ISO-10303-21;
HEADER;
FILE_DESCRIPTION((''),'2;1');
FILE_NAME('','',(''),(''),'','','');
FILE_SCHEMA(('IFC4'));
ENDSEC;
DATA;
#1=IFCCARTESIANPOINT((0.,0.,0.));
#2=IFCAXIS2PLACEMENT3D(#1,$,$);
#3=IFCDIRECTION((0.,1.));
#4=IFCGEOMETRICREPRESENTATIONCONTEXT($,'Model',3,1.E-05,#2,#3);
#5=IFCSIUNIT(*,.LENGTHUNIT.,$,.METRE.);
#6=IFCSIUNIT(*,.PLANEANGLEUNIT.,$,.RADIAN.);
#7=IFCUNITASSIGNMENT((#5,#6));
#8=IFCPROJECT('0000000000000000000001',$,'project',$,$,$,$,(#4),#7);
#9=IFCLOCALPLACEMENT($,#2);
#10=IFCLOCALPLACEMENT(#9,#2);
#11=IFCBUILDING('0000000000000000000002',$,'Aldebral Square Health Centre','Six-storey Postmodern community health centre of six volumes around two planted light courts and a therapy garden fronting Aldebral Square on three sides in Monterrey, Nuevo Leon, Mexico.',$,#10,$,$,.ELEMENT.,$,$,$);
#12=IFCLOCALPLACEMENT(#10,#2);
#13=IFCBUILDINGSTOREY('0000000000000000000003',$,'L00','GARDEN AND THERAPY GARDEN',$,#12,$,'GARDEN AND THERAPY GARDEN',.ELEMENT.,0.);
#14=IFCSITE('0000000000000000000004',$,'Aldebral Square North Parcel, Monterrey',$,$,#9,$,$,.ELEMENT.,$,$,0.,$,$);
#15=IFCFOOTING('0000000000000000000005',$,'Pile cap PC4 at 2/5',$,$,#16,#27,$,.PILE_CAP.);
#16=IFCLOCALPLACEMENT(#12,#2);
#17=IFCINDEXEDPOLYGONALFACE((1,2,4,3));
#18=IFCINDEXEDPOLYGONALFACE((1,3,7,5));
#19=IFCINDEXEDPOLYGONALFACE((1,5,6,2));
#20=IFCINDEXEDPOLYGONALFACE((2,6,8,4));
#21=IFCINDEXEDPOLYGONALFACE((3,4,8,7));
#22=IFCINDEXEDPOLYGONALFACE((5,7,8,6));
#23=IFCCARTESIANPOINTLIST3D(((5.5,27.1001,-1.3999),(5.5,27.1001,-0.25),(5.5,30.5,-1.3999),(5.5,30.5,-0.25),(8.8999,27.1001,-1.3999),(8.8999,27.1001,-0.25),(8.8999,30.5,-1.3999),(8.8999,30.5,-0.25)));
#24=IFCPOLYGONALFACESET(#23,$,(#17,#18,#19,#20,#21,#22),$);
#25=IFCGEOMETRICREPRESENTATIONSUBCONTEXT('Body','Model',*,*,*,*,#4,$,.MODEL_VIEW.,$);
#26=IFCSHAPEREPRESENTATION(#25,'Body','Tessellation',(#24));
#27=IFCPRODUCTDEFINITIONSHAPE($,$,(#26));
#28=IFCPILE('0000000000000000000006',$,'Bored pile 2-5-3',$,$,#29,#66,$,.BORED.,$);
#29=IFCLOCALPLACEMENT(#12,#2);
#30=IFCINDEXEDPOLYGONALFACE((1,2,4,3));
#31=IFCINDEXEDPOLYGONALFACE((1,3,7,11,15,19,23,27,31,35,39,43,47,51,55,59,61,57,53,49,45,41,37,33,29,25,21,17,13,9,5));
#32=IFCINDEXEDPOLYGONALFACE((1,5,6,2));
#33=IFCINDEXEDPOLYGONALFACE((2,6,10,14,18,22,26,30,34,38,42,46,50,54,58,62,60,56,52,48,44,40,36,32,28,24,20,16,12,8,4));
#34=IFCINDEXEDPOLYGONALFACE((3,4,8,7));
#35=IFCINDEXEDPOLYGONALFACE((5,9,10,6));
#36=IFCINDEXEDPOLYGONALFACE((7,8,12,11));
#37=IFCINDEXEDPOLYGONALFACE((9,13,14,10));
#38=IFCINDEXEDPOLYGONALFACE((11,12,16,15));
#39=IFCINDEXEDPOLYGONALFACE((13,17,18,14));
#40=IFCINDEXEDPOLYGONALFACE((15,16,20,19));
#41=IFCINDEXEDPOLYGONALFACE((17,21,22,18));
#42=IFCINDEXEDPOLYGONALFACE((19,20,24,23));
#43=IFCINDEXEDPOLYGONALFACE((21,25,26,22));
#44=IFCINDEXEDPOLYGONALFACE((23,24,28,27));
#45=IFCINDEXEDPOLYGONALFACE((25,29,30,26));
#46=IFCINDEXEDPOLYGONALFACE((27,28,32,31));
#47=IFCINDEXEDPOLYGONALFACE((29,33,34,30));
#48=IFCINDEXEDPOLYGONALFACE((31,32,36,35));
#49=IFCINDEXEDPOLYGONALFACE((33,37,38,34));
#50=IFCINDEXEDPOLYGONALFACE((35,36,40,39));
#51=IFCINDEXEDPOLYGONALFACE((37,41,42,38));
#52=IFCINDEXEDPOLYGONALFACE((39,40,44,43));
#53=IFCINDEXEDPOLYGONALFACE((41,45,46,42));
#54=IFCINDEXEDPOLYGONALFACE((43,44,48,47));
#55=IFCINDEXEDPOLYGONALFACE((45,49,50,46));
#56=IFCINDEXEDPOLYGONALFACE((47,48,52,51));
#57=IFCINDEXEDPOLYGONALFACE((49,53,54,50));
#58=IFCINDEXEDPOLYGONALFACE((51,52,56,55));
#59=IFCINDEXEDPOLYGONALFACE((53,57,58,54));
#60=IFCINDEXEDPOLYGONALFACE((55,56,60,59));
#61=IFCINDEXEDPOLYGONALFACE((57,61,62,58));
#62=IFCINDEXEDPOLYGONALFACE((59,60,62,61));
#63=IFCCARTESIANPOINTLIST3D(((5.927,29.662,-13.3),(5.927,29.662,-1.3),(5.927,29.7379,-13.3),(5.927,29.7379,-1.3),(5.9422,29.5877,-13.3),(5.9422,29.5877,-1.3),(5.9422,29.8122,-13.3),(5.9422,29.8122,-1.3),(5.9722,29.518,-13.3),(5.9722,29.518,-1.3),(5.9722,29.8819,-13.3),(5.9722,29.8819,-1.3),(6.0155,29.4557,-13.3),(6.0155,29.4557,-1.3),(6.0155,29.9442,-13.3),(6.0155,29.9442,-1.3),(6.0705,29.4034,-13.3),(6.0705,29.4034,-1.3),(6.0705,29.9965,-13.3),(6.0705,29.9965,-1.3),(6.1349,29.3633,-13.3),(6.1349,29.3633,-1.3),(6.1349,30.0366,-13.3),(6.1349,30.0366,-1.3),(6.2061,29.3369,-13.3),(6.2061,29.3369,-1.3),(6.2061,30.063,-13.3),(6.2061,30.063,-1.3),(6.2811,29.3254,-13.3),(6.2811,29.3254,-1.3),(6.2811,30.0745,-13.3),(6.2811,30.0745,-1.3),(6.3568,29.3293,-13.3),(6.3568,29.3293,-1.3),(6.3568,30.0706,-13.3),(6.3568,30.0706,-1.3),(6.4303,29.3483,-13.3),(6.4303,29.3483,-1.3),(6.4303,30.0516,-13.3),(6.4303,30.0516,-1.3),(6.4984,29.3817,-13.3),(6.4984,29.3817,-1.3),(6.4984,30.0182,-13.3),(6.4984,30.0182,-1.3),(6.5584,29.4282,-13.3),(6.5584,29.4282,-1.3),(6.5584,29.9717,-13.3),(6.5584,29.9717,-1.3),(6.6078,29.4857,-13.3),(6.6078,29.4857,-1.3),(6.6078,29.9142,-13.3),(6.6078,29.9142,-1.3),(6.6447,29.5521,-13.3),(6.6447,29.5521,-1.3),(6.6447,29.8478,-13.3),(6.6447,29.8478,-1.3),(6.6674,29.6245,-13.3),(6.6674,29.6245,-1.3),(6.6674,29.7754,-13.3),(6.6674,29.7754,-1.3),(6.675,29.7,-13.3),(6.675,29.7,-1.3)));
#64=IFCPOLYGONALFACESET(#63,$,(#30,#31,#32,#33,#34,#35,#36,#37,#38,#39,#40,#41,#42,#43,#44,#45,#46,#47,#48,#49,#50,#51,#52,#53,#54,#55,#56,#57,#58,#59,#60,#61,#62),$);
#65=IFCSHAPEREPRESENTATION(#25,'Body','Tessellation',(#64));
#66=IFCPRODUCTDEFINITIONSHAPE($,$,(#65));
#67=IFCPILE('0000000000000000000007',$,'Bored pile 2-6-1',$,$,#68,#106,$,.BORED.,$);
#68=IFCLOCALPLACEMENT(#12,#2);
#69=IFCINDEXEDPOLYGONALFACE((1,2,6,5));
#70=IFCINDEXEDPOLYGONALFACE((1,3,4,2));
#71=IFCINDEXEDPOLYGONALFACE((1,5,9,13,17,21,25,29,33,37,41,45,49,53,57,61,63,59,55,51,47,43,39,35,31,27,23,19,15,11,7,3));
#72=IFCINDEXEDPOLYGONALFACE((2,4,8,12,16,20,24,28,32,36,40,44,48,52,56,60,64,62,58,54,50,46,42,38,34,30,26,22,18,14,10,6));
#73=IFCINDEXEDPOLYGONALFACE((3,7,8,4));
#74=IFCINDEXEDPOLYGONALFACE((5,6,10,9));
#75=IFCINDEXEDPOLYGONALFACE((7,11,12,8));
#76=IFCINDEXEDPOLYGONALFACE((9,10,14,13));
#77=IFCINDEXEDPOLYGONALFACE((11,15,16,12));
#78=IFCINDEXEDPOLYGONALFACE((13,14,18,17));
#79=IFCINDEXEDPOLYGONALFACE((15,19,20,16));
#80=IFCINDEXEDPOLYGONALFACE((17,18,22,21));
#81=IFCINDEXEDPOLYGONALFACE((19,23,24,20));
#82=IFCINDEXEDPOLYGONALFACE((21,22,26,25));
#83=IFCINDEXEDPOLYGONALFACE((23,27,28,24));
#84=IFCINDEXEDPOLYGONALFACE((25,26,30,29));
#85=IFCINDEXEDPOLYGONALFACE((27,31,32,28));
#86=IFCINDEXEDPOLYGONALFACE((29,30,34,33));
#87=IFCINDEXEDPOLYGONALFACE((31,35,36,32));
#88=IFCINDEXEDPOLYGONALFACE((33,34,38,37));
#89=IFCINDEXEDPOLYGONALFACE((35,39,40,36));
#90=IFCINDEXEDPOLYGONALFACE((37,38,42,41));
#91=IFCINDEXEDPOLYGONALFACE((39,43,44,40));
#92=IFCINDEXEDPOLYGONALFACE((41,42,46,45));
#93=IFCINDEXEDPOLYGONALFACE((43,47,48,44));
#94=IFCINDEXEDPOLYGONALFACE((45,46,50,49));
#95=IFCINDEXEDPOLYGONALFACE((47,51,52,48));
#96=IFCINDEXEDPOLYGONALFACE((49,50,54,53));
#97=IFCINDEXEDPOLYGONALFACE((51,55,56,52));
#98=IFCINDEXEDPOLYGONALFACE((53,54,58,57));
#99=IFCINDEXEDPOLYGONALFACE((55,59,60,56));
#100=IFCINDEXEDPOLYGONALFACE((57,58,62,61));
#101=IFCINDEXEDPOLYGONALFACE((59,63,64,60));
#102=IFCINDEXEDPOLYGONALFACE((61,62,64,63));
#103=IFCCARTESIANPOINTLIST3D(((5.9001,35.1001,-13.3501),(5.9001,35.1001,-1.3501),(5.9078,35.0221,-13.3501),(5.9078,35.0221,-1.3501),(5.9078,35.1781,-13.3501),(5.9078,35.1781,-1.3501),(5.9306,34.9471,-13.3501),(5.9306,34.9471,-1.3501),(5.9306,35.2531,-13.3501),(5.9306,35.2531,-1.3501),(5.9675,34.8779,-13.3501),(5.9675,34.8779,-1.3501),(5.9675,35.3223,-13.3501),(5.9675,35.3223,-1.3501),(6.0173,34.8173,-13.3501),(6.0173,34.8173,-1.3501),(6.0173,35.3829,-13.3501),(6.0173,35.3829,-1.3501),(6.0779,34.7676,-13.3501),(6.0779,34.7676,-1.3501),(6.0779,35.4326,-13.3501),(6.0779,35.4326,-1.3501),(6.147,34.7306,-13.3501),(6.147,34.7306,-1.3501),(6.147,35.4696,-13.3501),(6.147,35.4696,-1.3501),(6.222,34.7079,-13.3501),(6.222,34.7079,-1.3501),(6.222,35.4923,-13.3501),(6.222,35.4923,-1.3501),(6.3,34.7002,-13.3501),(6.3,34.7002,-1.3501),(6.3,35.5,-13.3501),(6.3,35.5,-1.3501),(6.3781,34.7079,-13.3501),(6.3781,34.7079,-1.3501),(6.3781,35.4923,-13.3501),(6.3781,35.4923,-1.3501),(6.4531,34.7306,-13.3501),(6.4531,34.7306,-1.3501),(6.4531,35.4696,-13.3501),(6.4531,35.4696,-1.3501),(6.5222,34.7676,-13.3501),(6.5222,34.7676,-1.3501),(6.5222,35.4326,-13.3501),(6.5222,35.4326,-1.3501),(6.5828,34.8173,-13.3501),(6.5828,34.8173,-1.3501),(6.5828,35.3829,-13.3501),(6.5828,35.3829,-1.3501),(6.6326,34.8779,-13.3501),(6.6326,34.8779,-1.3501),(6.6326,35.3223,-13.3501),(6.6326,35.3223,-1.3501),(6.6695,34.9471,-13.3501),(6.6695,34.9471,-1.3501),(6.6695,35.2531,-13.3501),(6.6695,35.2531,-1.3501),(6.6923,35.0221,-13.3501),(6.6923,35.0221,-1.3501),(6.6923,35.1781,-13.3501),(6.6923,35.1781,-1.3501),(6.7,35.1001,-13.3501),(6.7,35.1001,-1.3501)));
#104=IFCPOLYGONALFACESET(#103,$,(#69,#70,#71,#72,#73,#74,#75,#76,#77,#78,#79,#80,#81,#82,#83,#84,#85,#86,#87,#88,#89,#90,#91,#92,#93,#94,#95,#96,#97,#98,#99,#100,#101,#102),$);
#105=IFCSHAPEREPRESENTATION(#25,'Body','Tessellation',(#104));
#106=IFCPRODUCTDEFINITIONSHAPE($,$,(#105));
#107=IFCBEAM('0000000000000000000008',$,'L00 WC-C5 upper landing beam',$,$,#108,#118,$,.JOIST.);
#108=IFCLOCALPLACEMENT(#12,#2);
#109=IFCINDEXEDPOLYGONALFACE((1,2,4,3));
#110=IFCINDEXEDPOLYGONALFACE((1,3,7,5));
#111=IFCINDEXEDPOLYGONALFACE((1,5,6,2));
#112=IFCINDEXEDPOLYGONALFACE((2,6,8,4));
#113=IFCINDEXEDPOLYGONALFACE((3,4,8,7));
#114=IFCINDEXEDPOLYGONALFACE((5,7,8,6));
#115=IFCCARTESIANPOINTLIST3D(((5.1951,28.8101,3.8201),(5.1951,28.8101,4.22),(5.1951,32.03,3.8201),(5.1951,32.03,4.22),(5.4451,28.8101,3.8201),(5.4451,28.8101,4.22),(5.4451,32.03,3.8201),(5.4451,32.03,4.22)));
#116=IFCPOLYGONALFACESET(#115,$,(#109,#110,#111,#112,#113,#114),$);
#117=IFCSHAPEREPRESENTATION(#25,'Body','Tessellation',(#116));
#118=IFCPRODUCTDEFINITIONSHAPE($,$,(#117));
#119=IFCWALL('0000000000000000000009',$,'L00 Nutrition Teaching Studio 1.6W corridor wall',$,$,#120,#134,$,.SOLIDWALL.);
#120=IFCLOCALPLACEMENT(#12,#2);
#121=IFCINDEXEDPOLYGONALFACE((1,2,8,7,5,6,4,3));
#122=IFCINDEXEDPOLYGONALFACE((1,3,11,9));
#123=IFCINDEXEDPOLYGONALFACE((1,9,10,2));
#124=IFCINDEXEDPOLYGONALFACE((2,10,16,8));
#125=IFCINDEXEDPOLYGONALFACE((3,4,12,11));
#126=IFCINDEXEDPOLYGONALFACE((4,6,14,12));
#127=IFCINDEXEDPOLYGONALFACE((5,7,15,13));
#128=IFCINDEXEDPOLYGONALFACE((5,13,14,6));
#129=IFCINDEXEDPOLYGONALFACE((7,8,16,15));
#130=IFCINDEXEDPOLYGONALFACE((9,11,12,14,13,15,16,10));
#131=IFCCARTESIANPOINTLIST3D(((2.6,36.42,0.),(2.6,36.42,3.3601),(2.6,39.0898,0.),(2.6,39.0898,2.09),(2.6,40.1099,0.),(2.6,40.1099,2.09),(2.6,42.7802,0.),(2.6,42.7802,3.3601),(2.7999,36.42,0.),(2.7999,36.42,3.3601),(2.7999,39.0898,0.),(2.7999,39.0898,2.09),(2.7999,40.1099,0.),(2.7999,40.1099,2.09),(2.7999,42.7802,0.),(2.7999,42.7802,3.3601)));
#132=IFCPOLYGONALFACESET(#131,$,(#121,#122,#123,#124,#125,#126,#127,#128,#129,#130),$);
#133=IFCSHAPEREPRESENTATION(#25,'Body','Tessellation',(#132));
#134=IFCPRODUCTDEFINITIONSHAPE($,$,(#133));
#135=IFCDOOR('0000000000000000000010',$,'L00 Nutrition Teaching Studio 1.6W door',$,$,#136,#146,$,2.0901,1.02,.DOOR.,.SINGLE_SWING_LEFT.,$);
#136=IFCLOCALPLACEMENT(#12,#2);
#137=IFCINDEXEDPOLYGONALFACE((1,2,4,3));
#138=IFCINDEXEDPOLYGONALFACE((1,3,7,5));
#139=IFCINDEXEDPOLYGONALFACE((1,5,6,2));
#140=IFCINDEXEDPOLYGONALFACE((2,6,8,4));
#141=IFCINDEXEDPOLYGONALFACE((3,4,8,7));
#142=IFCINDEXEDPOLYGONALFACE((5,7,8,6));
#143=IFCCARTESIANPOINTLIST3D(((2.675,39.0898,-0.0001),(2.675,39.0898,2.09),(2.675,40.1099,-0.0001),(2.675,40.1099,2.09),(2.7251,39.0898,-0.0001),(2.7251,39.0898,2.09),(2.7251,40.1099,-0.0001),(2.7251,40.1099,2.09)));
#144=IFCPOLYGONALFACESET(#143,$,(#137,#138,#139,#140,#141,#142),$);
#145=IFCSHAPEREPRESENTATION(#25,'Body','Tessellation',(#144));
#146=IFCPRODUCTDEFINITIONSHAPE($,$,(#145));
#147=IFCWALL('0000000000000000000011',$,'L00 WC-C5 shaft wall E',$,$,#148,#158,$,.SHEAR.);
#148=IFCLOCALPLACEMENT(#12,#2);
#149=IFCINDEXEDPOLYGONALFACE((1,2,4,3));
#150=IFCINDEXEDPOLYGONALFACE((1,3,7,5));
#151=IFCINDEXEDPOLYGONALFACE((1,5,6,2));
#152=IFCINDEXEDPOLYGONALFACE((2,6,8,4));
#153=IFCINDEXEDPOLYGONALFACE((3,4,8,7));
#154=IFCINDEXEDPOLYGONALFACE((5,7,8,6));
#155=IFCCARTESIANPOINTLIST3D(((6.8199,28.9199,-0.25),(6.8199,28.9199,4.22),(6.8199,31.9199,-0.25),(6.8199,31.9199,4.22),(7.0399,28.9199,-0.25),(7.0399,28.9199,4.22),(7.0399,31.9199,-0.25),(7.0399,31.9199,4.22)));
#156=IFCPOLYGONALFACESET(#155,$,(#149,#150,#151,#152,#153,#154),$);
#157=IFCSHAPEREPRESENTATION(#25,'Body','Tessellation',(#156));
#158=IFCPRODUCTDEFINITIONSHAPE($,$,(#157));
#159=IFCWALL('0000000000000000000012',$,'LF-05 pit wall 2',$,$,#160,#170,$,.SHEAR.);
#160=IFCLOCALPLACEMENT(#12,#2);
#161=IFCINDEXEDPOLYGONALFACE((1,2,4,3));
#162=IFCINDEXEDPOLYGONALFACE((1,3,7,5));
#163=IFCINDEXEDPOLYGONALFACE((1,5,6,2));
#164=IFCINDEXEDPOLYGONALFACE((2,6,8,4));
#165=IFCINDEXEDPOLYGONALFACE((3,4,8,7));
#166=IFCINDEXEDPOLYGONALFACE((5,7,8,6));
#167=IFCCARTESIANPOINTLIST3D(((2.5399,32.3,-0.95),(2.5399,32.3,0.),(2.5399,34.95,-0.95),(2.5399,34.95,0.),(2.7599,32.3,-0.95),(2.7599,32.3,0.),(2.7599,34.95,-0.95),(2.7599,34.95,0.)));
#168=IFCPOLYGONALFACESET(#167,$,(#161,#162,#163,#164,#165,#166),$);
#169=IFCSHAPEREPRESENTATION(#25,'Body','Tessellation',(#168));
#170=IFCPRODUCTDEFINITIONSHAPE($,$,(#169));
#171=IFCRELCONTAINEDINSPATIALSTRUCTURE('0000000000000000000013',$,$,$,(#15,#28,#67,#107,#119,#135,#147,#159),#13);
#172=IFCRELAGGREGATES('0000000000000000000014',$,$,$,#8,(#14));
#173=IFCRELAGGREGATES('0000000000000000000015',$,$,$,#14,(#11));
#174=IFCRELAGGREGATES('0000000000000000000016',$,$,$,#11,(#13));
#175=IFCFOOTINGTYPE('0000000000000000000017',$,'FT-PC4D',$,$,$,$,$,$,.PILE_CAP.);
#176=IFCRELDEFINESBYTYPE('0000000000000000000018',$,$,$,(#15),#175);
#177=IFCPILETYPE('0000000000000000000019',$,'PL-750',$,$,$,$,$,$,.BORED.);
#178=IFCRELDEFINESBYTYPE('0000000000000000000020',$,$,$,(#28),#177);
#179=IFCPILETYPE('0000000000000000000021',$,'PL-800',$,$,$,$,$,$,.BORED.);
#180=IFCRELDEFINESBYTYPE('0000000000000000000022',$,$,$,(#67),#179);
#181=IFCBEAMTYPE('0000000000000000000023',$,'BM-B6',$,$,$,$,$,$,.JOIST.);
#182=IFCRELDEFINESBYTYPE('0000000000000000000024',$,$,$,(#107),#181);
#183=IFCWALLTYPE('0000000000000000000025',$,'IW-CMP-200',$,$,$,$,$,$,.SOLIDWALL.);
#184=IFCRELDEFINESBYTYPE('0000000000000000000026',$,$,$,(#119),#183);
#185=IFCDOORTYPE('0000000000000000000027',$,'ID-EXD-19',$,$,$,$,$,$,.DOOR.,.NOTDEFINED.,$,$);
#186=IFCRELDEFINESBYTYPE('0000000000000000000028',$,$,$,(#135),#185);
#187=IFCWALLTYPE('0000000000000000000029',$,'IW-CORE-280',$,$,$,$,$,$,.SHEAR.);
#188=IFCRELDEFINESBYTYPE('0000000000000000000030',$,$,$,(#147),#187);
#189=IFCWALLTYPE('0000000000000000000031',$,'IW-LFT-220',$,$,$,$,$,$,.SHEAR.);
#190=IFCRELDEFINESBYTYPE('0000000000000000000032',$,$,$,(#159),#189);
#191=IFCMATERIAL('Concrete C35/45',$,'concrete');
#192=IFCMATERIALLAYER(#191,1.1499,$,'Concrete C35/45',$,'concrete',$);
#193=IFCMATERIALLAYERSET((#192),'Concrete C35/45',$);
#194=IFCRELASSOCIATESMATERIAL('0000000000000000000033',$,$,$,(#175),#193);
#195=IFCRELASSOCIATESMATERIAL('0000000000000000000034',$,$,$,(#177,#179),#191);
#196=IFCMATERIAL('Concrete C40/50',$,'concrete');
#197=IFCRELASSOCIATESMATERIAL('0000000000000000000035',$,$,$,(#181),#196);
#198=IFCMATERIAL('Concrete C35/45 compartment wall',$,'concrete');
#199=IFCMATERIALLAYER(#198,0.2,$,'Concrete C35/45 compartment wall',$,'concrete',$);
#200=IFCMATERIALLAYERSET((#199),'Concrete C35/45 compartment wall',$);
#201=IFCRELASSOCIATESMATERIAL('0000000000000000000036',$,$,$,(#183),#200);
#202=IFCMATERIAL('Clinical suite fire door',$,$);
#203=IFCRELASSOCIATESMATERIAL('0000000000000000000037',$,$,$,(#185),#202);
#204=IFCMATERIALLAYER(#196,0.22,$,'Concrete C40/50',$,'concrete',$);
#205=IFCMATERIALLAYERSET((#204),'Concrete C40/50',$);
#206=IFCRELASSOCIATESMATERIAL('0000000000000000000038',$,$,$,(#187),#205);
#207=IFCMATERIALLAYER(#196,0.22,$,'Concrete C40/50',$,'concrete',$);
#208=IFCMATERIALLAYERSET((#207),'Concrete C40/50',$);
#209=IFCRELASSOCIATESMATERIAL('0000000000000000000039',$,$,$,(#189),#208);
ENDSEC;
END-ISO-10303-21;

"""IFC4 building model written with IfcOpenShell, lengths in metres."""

from ifc_helpers import new_model, si_unit, direction, frame, frame_2d, origin, origin_2d, place, context, subcontext, project, spatial, rectangle, circle, extrude, material, layer, layer_set, material_profile, profile_set, type_object, element, fill, save


model = new_model("IFC4")

# Units and contexts
model_context = context("Model", 3, precision=1e-05, world=origin(), true_north=direction((0.0, 1.0)))
body_context = subcontext(model_context, "Body", "Model", "MODEL_VIEW")
ifc_project = project(units=[si_unit("LENGTHUNIT", "METRE"), si_unit("PLANEANGLEUNIT", "RADIAN")], contexts=[model_context])

# Site, building, storey
site_placement = place(None, origin())
site = spatial("IfcSite", under=ifc_project, at=site_placement, Name="Aldebral Square North Parcel, Monterrey", CompositionType="ELEMENT", RefElevation=0.0)
building_placement = place(site_placement, origin())
building = spatial("IfcBuilding", under=site, at=building_placement, Name="Aldebral Square Health Centre", Description="Six-storey Postmodern community health centre of six volumes around two planted light courts and a therapy garden fronting Aldebral Square on three sides in Monterrey, Nuevo Leon, Mexico.", CompositionType="ELEMENT")
storey_placement = place(building_placement, origin())
storey = spatial("IfcBuildingStorey", under=building, at=storey_placement, Name="L00", Description="GARDEN AND THERAPY GARDEN", LongName="GARDEN AND THERAPY GARDEN", CompositionType="ELEMENT", Elevation=0.0)

# Footing
ifc_material_1 = material(Name="Concrete C35/45", Category="concrete")
ifc_layer_1 = layer(ifc_material_1, 1.1499, Name="Concrete C35/45", Category="concrete")
ifc_layer_set_1 = layer_set([ifc_layer_1], Name="Concrete C35/45")
footing_type = type_object("IfcFootingType", Name="FT-PC4D", PredefinedType="PILE_CAP", material=ifc_layer_set_1)
footing_placement = place(storey_placement, frame((7.2, 28.8, -1.3999), z_axis=(0.0, 0.0, 1.0), x_axis=(1.0, 0.0, 0.0)))
element("IfcFooting", 1, at=footing_placement, inside=storey, type_object=footing_type, Name="Pile cap PC4 at 2/5", PredefinedType="PILE_CAP", context=body_context, shape_type="SweptSolid", body=[
    extrude(rectangle(XDim=3.3999, YDim=3.3999, at=origin_2d()), origin(), (0.0, 0.0, 1.0), 1.1499),
])

# Piles
ifc_material_profile_1 = material_profile(ifc_material_1, circle(Radius=0.375, at=origin_2d()), Name="PILE D750")
ifc_profile_set_1 = profile_set([ifc_material_profile_1], Name="Concrete C35/45")
pile_type_1 = type_object("IfcPileType", Name="PL-750", PredefinedType="BORED", material=ifc_profile_set_1)
pile_1_placement = place(storey_placement, frame((6.3, 29.7, -1.3), z_axis=(0.0, 0.0, -1.0), x_axis=(1.0, 0.0, 0.0)))
element("IfcPile", 2, at=pile_1_placement, inside=storey, type_object=pile_type_1, Name="Bored pile 2-5-3", PredefinedType="BORED", context=body_context, shape_type="SweptSolid", body=[
    extrude(circle(Radius=0.375, at=origin_2d()), origin(), (0.0, 0.0, 1.0), 12.0),
])
ifc_material_profile_2 = material_profile(ifc_material_1, circle(Radius=0.3999, at=origin_2d()), Name="PILE D800")
ifc_profile_set_2 = profile_set([ifc_material_profile_2], Name="Concrete C35/45")
pile_type_2 = type_object("IfcPileType", Name="PL-800", PredefinedType="BORED", material=ifc_profile_set_2)
pile_2_placement = place(storey_placement, frame((6.3, 35.1001, -1.3501), z_axis=(0.0, 0.0, -1.0), x_axis=(1.0, 0.0, 0.0)))
element("IfcPile", 3, at=pile_2_placement, inside=storey, type_object=pile_type_2, Name="Bored pile 2-6-1", PredefinedType="BORED", context=body_context, shape_type="SweptSolid", body=[
    extrude(circle(Radius=0.3999, at=origin_2d()), origin(), (0.0, 0.0, 1.0), 12.0),
])

# Beam
ifc_material_2 = material(Name="Concrete C40/50", Category="concrete")
ifc_material_profile_3 = material_profile(ifc_material_2, rectangle(XDim=0.25, YDim=0.3999, at=origin_2d()), Name="RC 250x400")
ifc_profile_set_3 = profile_set([ifc_material_profile_3], Name="Concrete C40/50")
beam_type = type_object("IfcBeamType", Name="BM-B6", PredefinedType="JOIST", material=ifc_profile_set_3)
beam_placement = place(storey_placement, frame((5.3201, 28.8101, 4.02), z_axis=(0.0, 1.0, 0.0), x_axis=(-1.0, 0.0, 0.0)))
element("IfcBeam", 4, at=beam_placement, inside=storey, type_object=beam_type, Name="L00 WC-C5 upper landing beam", PredefinedType="JOIST", context=body_context, shape_type="SweptSolid", body=[
    extrude(rectangle(XDim=0.25, YDim=0.3999, at=origin_2d()), origin(), (0.0, 0.0, 1.0), 3.22),
])

# Wall, opening, door
ifc_material_3 = material(Name="Concrete C35/45 compartment wall", Category="concrete")
ifc_layer_2 = layer(ifc_material_3, 0.2, Name="Concrete C35/45 compartment wall", Category="concrete")
ifc_layer_set_2 = layer_set([ifc_layer_2], Name="Concrete C35/45 compartment wall")
wall_type_1 = type_object("IfcWallType", Name="IW-CMP-200", PredefinedType="SOLIDWALL", material=ifc_layer_set_2)
wall_1_placement = place(storey_placement, frame((2.7, 36.4199, 0.0), z_axis=(0.0, 0.0, 1.0), x_axis=(0.0, 1.0, 0.0)))
wall_1 = element("IfcWall", 5, at=wall_1_placement, inside=storey, type_object=wall_type_1, Name="L00 Nutrition Teaching Studio 1.6W corridor wall", PredefinedType="SOLIDWALL", context=body_context, shape_type="SweptSolid", body=[
    extrude(rectangle(XDim=6.3601, YDim=0.2, at=frame_2d((3.1802, 0.0))), origin(), (0.0, 0.0, 1.0), 3.3601),
])
opening_1_placement = place(wall_1_placement, frame((2.6699, 0.0, 0.0)))
opening_1 = element("IfcOpeningElement", 6, at=opening_1_placement, cuts=wall_1, PredefinedType="OPENING", context=body_context, shape_type="SweptSolid", body=[
    extrude(rectangle(XDim=1.02, YDim=2.0901, at=frame_2d((0.51, 1.0449))), frame((0.0, 0.1099, 0.0), z_axis=(0.0, -1.0, 0.0), x_axis=(1.0, 0.0, 0.0)), (0.0, 0.0, 1.0), 0.22),
])
ifc_material_4 = material(Name="Clinical suite fire door")
door_type_1 = type_object("IfcDoorType", Name="ID-EXD-19", OperationType="NOTDEFINED", PredefinedType="DOOR", material=ifc_material_4)
door_1_placement = place(opening_1_placement, origin())
door_1 = element("IfcDoor", 7, at=door_1_placement, inside=storey, type_object=door_type_1, Name="L00 Nutrition Teaching Studio 1.6W door", OperationType="SINGLE_SWING_LEFT", OverallHeight=2.0901, OverallWidth=1.02, PredefinedType="DOOR", context=body_context, shape_type="SweptSolid", body=[
    extrude(rectangle(XDim=1.02, YDim=2.0901, at=frame_2d((0.51, 1.0449))), frame((0.0, 0.0249, 0.0), z_axis=(0.0, -1.0, 0.0), x_axis=(1.0, 0.0, 0.0)), (0.0, 0.0, 1.0), 0.05),
])
fill(opening_1, door_1)

# Walls
ifc_layer_3 = layer(ifc_material_2, 0.22, Name="Concrete C40/50", Category="concrete")
ifc_layer_set_3 = layer_set([ifc_layer_3], Name="Concrete C40/50")
wall_type_2 = type_object("IfcWallType", Name="IW-CORE-280", PredefinedType="SHEAR", material=ifc_layer_set_3)
wall_2_placement = place(storey_placement, frame((6.9299, 28.9199, -0.25), z_axis=(0.0, 0.0, 1.0), x_axis=(0.0, 1.0, 0.0)))
element("IfcWall", 8, at=wall_2_placement, inside=storey, type_object=wall_type_2, Name="L00 WC-C5 shaft wall E", PredefinedType="SHEAR", context=body_context, shape_type="SweptSolid", body=[
    extrude(rectangle(XDim=3.0, YDim=0.22, at=frame_2d((1.5, 0.0))), origin(), (0.0, 0.0, 1.0), 4.47),
])
ifc_layer_4 = layer(ifc_material_2, 0.22, Name="Concrete C40/50", Category="concrete")
ifc_layer_set_4 = layer_set([ifc_layer_4], Name="Concrete C40/50")
wall_type_3 = type_object("IfcWallType", Name="IW-LFT-220", PredefinedType="SHEAR", material=ifc_layer_set_4)
wall_3_placement = place(storey_placement, frame((2.6499, 32.3, -0.95), z_axis=(0.0, 0.0, 1.0), x_axis=(0.0, 1.0, 0.0)))
element("IfcWall", 9, at=wall_3_placement, inside=storey, type_object=wall_type_3, Name="LF-05 pit wall 2", PredefinedType="SHEAR", context=body_context, shape_type="SweptSolid", body=[
    extrude(rectangle(XDim=2.6499, YDim=0.22, at=frame_2d((1.325, 0.0))), origin(), (0.0, 0.0, 1.0), 0.95),
])

save(model, "model.ifc")
